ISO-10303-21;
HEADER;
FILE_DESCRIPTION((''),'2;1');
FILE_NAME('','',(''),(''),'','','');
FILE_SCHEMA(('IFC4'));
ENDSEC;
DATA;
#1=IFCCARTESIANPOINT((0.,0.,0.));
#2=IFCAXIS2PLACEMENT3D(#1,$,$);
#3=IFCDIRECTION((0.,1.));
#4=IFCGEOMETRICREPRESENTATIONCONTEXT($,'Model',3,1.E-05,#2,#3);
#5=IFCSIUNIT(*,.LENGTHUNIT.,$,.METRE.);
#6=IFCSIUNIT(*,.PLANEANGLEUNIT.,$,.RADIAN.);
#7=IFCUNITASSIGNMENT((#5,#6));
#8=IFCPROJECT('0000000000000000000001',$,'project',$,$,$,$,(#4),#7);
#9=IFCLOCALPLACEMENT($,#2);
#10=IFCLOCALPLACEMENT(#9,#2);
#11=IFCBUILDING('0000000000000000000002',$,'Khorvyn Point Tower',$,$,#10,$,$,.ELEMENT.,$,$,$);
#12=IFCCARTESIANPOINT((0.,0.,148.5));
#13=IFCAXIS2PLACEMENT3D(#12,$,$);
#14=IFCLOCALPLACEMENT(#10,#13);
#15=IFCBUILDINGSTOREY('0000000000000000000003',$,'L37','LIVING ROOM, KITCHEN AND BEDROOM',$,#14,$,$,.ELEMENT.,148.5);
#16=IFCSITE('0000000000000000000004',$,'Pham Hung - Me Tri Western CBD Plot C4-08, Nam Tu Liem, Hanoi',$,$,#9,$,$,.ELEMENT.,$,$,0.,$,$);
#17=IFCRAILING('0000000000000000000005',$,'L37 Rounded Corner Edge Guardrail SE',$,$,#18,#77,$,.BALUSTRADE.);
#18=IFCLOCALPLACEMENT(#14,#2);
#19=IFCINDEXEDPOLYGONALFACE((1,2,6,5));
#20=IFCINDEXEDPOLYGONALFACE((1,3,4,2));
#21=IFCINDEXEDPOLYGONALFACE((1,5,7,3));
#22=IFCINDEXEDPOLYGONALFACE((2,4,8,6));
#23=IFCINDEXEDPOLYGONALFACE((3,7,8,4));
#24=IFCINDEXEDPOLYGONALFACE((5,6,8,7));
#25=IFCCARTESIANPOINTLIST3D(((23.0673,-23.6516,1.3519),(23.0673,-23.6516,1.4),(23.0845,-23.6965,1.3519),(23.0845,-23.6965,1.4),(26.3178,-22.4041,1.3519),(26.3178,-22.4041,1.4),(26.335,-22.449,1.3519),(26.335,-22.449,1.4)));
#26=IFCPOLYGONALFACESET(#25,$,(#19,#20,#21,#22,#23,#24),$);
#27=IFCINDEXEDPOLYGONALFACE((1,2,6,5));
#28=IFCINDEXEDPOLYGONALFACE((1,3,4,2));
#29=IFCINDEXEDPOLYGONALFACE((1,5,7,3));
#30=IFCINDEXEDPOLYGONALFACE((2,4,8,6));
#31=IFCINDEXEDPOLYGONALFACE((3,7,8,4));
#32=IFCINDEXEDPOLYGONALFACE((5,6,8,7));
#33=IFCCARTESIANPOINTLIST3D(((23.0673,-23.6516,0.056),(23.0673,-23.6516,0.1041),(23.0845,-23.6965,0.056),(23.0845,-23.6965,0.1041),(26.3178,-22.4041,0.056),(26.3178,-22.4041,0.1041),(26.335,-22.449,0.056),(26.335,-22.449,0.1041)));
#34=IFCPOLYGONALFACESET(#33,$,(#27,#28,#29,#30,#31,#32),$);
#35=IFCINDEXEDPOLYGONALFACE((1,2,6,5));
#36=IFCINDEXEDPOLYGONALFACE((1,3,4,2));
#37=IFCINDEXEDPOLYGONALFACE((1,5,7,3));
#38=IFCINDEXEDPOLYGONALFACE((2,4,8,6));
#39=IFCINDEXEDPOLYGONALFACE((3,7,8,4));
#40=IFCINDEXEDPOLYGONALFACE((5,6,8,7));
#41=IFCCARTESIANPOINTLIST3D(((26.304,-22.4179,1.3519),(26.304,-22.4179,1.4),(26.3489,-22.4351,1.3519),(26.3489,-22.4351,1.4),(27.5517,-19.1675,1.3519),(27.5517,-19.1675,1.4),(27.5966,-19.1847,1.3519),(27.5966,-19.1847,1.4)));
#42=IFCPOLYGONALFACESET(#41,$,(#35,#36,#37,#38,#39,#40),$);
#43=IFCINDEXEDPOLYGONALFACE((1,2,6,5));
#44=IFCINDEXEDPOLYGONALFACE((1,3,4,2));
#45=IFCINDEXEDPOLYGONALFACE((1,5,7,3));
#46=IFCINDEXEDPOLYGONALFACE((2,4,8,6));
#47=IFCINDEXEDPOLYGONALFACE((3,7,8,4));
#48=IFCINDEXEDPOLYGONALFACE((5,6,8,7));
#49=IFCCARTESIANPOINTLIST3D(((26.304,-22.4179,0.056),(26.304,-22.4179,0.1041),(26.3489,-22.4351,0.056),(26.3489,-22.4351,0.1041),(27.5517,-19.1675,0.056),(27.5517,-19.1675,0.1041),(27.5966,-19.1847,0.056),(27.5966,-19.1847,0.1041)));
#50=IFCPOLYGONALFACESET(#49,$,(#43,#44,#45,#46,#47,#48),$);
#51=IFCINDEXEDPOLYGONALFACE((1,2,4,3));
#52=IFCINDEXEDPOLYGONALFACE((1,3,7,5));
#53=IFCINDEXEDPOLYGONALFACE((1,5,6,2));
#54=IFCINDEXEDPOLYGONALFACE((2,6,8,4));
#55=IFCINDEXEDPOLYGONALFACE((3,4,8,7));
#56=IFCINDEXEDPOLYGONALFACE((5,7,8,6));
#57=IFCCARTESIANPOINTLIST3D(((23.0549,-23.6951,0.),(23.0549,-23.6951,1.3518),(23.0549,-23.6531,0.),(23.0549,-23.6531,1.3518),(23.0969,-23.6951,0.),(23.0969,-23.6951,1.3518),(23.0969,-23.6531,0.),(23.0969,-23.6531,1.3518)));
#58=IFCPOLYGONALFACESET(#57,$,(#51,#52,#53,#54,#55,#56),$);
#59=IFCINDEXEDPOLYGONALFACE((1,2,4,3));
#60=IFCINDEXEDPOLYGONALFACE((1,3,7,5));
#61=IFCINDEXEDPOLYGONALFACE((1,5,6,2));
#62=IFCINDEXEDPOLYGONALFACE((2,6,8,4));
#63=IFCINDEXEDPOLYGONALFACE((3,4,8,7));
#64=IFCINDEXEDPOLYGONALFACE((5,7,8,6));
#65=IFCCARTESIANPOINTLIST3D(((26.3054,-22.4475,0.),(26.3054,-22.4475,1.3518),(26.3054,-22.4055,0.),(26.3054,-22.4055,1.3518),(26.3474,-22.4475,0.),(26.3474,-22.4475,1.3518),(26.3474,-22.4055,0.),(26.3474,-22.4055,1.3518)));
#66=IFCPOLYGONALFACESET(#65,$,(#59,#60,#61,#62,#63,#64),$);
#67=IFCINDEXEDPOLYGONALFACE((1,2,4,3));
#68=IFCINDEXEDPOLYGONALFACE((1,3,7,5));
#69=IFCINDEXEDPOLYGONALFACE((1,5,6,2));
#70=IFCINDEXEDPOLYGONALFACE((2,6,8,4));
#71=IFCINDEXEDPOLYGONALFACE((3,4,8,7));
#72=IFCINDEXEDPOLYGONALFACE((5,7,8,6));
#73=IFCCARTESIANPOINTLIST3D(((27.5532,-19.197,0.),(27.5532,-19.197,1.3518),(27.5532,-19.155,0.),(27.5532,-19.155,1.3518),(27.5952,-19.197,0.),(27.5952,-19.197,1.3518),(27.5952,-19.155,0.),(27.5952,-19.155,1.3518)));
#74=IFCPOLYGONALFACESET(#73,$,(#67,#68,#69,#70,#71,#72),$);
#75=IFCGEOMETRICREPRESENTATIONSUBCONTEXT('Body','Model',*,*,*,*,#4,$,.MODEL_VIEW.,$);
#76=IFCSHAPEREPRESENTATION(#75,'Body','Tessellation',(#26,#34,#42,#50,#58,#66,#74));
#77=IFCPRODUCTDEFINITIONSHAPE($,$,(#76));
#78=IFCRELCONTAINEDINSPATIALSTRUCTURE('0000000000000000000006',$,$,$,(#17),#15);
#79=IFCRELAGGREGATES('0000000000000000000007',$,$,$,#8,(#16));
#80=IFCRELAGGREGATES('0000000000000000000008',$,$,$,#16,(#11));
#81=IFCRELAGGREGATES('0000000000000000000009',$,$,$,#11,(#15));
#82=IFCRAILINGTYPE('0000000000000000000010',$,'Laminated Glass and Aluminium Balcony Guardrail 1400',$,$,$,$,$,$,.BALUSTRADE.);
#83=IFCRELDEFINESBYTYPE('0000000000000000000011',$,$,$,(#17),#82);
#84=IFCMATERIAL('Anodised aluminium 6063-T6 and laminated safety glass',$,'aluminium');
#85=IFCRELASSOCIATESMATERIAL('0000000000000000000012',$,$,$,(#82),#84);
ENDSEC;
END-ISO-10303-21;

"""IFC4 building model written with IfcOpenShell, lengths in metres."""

from ifc_helpers import new_model, si_unit, direction, frame, origin, origin_2d, place, context, subcontext, project, spatial, rectangle, extrude, material, type_object, element, save


model = new_model("IFC4")

# Units and contexts
model_context = context("Model", 3, precision=1e-05, world=origin(), true_north=direction((0.0, 1.0)))
body_context = subcontext(model_context, "Body", "Model", "MODEL_VIEW")
ifc_project = project(units=[si_unit("LENGTHUNIT", "METRE"), si_unit("PLANEANGLEUNIT", "RADIAN")], contexts=[model_context])

# Site, building, storey
site_placement = place(None, origin())
site = spatial("IfcSite", under=ifc_project, at=site_placement, Name="Pham Hung - Me Tri Western CBD Plot C4-08, Nam Tu Liem, Hanoi", CompositionType="ELEMENT", RefElevation=0.0)
building_placement = place(site_placement, origin())
building = spatial("IfcBuilding", under=site, at=building_placement, Name="Khorvyn Point Tower", CompositionType="ELEMENT")
storey_placement = place(building_placement, frame((0.0, 0.0, 148.5)))
storey = spatial("IfcBuildingStorey", under=building, at=storey_placement, Name="L37", Description="LIVING ROOM, KITCHEN AND BEDROOM", CompositionType="ELEMENT", Elevation=148.5)

# Railing
ifc_material_1 = material(Name="Anodised aluminium 6063-T6 and laminated safety glass", Category="aluminium")
railing_type = type_object("IfcRailingType", Name="Laminated Glass and Aluminium Balcony Guardrail 1400", PredefinedType="BALUSTRADE", material=ifc_material_1)
railing_placement = place(storey_placement, frame((23.0759, -23.6741, 0.0)))
element("IfcRailing", 1, at=railing_placement, inside=storey, type_object=railing_type, Name="L37 Rounded Corner Edge Guardrail SE", PredefinedType="BALUSTRADE", context=body_context, shape_type="SweptSolid", body=[
    extrude(rectangle(XDim=0.0481, YDim=0.0481, at=origin_2d()), frame((0.0, 0.0, 1.376), z_axis=(0.933598, 0.358321, 0.0), x_axis=(-0.358321, 0.933598, 0.0)), (0.0, 0.0, 1.0), 3.4817),
    extrude(rectangle(XDim=0.0481, YDim=0.0481, at=origin_2d()), frame((0.0, 0.0, 0.0801), z_axis=(0.933598, 0.358321, 0.0), x_axis=(-0.358321, 0.933598, 0.0)), (0.0, 0.0, 1.0), 3.4817),
    extrude(rectangle(XDim=0.0481, YDim=0.0481, at=origin_2d()), frame((3.2505, 1.2476, 1.376), z_axis=(0.358382, 0.933575, 0.0), x_axis=(-0.933575, 0.358382, 0.0)), (0.0, 0.0, 1.0), 3.4817),
    extrude(rectangle(XDim=0.0481, YDim=0.0481, at=origin_2d()), frame((3.2505, 1.2476, 0.0801), z_axis=(0.358382, 0.933575, 0.0), x_axis=(-0.933575, 0.358382, 0.0)), (0.0, 0.0, 1.0), 3.4817),
    extrude(rectangle(XDim=0.042, YDim=0.042, at=origin_2d()), origin(), (0.0, 0.0, 1.0), 1.3518),
    extrude(rectangle(XDim=0.042, YDim=0.042, at=origin_2d()), frame((3.2505, 1.2476, 0.0)), (0.0, 0.0, 1.0), 1.3518),
    extrude(rectangle(XDim=0.042, YDim=0.042, at=origin_2d()), frame((4.4983, 4.498, 0.0)), (0.0, 0.0, 1.0), 1.3518),
])

save(model, "model.ifc")
